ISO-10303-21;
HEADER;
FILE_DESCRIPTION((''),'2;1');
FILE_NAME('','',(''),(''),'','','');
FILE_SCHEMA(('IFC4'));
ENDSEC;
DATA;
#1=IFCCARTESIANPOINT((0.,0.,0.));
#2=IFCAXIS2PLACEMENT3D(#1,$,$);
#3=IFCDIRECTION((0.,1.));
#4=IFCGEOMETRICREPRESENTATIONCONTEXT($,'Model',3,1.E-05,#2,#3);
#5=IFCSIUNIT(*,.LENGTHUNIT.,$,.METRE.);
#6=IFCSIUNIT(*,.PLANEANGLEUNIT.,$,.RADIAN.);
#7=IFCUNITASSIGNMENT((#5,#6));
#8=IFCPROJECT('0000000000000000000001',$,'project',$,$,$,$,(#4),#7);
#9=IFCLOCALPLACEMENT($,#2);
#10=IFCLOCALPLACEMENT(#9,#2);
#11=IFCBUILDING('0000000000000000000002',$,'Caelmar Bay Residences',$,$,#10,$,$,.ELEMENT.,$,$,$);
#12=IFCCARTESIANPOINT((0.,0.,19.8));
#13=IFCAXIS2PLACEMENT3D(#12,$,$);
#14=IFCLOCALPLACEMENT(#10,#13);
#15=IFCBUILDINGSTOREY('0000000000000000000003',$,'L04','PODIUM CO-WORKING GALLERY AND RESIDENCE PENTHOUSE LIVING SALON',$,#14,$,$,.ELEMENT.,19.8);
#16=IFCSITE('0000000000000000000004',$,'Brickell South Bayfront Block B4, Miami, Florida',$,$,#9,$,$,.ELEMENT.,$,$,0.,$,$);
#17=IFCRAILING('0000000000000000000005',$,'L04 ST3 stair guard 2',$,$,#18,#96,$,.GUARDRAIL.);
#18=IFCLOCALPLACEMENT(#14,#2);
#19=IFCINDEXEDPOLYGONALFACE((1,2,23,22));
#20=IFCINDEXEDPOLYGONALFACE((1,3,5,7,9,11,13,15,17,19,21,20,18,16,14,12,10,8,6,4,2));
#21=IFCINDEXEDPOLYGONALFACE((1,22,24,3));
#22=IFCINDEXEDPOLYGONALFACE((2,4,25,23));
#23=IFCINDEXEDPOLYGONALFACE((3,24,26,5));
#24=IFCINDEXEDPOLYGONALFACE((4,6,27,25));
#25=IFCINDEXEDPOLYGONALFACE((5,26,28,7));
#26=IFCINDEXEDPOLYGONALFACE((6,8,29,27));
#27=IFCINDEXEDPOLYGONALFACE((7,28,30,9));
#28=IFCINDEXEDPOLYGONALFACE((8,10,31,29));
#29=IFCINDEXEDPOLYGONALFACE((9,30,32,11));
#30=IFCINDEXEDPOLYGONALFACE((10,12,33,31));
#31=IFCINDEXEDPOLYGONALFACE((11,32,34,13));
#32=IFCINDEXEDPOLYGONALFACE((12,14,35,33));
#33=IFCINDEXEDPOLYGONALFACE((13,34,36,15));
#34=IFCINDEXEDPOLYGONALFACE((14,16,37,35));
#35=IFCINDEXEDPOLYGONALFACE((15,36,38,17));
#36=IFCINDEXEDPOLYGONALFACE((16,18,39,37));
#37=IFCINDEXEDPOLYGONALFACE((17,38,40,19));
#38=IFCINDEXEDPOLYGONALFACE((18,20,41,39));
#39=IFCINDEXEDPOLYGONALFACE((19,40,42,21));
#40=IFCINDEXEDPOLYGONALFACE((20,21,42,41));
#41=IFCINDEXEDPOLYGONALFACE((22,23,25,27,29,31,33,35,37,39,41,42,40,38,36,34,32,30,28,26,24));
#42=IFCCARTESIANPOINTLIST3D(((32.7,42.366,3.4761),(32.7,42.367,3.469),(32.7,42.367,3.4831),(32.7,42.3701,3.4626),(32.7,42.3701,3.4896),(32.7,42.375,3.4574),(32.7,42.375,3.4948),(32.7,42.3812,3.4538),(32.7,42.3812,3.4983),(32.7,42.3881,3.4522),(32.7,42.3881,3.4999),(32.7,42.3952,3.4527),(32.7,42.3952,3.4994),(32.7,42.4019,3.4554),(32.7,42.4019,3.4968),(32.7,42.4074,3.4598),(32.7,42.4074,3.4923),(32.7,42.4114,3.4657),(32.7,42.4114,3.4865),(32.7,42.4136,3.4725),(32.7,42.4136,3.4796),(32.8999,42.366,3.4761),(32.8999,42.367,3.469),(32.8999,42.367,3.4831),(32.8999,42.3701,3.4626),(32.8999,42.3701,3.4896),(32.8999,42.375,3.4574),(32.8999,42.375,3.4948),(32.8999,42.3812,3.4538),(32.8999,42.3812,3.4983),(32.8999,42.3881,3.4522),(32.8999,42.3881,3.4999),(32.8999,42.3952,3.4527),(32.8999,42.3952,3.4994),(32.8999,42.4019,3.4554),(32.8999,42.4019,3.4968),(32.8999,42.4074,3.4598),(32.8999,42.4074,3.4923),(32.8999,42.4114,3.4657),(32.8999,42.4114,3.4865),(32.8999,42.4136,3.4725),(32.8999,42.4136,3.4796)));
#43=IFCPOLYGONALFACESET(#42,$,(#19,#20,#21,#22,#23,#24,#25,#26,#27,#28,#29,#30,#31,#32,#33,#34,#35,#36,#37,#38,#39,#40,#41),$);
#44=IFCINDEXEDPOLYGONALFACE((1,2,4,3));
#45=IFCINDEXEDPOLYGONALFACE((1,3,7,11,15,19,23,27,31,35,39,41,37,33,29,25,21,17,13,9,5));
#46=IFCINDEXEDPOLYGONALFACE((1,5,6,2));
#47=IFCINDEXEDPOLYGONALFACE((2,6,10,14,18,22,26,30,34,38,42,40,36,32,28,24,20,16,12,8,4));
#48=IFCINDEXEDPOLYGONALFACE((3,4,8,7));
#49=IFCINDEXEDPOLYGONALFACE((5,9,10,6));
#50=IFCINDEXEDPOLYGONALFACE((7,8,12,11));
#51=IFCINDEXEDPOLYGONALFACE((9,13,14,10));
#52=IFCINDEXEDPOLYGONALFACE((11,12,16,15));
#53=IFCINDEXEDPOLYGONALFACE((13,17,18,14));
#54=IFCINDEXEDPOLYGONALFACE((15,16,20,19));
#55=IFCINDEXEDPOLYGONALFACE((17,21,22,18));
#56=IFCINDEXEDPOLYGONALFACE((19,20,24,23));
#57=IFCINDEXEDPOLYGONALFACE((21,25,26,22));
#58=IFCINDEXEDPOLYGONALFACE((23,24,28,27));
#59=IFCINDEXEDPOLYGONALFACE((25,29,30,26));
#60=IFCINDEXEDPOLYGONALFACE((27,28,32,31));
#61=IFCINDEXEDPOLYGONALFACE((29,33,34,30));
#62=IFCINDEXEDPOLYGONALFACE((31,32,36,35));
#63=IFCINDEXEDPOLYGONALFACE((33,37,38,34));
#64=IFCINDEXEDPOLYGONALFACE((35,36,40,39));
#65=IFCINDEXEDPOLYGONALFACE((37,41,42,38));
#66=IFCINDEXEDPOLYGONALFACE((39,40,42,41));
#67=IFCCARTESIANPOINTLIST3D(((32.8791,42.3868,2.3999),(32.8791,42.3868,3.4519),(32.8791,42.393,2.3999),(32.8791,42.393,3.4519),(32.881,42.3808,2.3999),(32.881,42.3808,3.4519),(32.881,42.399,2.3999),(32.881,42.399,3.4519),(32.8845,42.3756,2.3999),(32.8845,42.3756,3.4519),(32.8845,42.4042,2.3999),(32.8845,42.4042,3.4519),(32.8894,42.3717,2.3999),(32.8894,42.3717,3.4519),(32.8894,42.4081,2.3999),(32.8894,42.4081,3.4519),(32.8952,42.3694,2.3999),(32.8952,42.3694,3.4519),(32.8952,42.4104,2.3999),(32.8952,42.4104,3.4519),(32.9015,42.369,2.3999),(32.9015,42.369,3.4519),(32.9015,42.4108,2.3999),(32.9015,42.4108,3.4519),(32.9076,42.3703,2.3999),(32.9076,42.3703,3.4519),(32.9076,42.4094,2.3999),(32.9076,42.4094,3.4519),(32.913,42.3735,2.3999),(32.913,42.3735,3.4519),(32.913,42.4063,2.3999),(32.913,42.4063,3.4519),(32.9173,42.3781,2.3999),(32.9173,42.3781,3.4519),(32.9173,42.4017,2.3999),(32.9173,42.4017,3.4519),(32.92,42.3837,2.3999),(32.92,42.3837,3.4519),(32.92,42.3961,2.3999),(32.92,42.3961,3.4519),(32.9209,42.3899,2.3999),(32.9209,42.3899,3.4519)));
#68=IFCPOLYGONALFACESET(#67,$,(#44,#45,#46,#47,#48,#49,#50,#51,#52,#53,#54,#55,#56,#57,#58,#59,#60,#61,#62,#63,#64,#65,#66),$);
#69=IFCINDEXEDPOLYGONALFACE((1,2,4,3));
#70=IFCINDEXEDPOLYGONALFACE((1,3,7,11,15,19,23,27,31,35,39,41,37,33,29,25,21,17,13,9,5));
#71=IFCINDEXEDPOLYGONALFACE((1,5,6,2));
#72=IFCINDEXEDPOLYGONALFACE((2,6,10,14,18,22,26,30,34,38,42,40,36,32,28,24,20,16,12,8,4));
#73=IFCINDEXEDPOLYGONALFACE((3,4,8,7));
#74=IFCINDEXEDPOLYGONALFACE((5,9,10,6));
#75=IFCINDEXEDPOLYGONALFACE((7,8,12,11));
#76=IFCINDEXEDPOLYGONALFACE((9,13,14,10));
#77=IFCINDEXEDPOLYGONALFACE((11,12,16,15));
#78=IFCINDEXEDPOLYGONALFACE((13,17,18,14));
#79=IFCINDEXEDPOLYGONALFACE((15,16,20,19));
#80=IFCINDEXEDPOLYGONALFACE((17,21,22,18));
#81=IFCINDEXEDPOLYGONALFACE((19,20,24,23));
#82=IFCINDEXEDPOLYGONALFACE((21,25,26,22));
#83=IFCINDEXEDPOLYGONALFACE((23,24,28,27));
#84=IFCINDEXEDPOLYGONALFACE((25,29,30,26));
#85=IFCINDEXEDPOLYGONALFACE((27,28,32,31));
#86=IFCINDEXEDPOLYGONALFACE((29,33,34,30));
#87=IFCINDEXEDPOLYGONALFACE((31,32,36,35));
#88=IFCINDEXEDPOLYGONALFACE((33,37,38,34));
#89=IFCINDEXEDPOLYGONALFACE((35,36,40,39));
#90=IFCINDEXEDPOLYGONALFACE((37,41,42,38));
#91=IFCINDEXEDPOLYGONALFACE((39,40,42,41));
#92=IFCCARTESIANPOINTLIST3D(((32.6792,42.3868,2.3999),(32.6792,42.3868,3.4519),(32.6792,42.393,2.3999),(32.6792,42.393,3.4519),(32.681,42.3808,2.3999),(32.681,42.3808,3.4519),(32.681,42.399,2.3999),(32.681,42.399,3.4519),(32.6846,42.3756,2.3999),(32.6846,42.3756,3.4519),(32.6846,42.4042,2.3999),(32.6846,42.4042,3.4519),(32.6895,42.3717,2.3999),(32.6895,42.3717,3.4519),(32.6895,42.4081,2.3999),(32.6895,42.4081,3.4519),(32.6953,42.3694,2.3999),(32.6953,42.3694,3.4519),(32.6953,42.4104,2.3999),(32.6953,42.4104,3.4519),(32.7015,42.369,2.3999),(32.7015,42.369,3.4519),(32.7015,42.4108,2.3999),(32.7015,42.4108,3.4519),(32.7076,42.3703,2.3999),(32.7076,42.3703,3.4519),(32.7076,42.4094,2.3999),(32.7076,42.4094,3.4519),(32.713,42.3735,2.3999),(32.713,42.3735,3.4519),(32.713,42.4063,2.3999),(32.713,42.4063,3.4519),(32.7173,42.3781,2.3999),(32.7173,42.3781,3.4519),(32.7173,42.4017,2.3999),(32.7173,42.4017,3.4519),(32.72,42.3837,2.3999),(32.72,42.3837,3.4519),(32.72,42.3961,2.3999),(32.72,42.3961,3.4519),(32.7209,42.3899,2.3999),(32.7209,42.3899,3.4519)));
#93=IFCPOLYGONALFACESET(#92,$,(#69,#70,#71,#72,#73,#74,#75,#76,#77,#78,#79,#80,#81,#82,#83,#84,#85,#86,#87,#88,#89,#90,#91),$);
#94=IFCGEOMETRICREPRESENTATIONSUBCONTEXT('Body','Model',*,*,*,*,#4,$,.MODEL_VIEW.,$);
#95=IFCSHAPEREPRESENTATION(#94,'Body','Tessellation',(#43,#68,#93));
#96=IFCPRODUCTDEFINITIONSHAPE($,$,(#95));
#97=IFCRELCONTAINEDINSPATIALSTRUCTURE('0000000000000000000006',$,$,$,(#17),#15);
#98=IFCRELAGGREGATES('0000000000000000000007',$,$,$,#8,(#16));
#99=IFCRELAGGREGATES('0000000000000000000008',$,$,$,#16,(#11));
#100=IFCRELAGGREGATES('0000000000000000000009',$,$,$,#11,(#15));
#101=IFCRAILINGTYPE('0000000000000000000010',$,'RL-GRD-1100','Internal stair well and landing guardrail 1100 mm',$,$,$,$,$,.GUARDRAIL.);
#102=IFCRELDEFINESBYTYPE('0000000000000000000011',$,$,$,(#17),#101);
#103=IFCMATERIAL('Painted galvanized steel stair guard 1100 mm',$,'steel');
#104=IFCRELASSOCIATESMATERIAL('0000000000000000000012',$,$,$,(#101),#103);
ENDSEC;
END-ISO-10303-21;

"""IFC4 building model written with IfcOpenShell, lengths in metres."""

from ifc_helpers import new_model, si_unit, direction, frame, origin, origin_2d, place, context, subcontext, project, spatial, circle, extrude, material, type_object, element, save


model = new_model("IFC4")

# Units and contexts
model_context = context("Model", 3, precision=1e-05, world=origin(), true_north=direction((0.0, 1.0)))
body_context = subcontext(model_context, "Body", "Model", "MODEL_VIEW")
ifc_project = project(units=[si_unit("LENGTHUNIT", "METRE"), si_unit("PLANEANGLEUNIT", "RADIAN")], contexts=[model_context])

# Site, building, storey
site_placement = place(None, origin())
site = spatial("IfcSite", under=ifc_project, at=site_placement, Name="Brickell South Bayfront Block B4, Miami, Florida", CompositionType="ELEMENT", RefElevation=0.0)
building_placement = place(site_placement, origin())
building = spatial("IfcBuilding", under=site, at=building_placement, Name="Caelmar Bay Residences", CompositionType="ELEMENT")
storey_placement = place(building_placement, frame((0.0, 0.0, 19.8)))
storey = spatial("IfcBuildingStorey", under=building, at=storey_placement, Name="L04", Description="PODIUM CO-WORKING GALLERY AND RESIDENCE PENTHOUSE LIVING SALON", CompositionType="ELEMENT", Elevation=19.8)

# Railing
ifc_material_1 = material(Name="Painted galvanized steel stair guard 1100 mm", Category="steel")
railing_type_1 = type_object("IfcRailingType", Name="RL-GRD-1100", Description="Internal stair well and landing guardrail 1100 mm", PredefinedType="GUARDRAIL", material=ifc_material_1)
railing_1_placement = place(storey_placement, frame((32.8999, 42.3899, 2.3999)))
element("IfcRailing", 1, at=railing_1_placement, inside=storey, type_object=railing_type_1, Name="L04 ST3 stair guard 2", PredefinedType="GUARDRAIL", context=body_context, shape_type="SweptSolid", body=[
    extrude(circle(Radius=0.0239, at=origin_2d()), frame((0.0, 0.0, 1.0762), z_axis=(-1.0, 0.0, 0.0), x_axis=(0.0, -1.0, 0.0)), (0.0, 0.0, 1.0), 0.2),
    extrude(circle(Radius=0.021, at=origin_2d()), origin(), (0.0, 0.0, 1.0), 1.052),
    extrude(circle(Radius=0.021, at=origin_2d()), frame((-0.2, 0.0, 0.0)), (0.0, 0.0, 1.0), 1.052),
])

save(model, "model.ifc")
